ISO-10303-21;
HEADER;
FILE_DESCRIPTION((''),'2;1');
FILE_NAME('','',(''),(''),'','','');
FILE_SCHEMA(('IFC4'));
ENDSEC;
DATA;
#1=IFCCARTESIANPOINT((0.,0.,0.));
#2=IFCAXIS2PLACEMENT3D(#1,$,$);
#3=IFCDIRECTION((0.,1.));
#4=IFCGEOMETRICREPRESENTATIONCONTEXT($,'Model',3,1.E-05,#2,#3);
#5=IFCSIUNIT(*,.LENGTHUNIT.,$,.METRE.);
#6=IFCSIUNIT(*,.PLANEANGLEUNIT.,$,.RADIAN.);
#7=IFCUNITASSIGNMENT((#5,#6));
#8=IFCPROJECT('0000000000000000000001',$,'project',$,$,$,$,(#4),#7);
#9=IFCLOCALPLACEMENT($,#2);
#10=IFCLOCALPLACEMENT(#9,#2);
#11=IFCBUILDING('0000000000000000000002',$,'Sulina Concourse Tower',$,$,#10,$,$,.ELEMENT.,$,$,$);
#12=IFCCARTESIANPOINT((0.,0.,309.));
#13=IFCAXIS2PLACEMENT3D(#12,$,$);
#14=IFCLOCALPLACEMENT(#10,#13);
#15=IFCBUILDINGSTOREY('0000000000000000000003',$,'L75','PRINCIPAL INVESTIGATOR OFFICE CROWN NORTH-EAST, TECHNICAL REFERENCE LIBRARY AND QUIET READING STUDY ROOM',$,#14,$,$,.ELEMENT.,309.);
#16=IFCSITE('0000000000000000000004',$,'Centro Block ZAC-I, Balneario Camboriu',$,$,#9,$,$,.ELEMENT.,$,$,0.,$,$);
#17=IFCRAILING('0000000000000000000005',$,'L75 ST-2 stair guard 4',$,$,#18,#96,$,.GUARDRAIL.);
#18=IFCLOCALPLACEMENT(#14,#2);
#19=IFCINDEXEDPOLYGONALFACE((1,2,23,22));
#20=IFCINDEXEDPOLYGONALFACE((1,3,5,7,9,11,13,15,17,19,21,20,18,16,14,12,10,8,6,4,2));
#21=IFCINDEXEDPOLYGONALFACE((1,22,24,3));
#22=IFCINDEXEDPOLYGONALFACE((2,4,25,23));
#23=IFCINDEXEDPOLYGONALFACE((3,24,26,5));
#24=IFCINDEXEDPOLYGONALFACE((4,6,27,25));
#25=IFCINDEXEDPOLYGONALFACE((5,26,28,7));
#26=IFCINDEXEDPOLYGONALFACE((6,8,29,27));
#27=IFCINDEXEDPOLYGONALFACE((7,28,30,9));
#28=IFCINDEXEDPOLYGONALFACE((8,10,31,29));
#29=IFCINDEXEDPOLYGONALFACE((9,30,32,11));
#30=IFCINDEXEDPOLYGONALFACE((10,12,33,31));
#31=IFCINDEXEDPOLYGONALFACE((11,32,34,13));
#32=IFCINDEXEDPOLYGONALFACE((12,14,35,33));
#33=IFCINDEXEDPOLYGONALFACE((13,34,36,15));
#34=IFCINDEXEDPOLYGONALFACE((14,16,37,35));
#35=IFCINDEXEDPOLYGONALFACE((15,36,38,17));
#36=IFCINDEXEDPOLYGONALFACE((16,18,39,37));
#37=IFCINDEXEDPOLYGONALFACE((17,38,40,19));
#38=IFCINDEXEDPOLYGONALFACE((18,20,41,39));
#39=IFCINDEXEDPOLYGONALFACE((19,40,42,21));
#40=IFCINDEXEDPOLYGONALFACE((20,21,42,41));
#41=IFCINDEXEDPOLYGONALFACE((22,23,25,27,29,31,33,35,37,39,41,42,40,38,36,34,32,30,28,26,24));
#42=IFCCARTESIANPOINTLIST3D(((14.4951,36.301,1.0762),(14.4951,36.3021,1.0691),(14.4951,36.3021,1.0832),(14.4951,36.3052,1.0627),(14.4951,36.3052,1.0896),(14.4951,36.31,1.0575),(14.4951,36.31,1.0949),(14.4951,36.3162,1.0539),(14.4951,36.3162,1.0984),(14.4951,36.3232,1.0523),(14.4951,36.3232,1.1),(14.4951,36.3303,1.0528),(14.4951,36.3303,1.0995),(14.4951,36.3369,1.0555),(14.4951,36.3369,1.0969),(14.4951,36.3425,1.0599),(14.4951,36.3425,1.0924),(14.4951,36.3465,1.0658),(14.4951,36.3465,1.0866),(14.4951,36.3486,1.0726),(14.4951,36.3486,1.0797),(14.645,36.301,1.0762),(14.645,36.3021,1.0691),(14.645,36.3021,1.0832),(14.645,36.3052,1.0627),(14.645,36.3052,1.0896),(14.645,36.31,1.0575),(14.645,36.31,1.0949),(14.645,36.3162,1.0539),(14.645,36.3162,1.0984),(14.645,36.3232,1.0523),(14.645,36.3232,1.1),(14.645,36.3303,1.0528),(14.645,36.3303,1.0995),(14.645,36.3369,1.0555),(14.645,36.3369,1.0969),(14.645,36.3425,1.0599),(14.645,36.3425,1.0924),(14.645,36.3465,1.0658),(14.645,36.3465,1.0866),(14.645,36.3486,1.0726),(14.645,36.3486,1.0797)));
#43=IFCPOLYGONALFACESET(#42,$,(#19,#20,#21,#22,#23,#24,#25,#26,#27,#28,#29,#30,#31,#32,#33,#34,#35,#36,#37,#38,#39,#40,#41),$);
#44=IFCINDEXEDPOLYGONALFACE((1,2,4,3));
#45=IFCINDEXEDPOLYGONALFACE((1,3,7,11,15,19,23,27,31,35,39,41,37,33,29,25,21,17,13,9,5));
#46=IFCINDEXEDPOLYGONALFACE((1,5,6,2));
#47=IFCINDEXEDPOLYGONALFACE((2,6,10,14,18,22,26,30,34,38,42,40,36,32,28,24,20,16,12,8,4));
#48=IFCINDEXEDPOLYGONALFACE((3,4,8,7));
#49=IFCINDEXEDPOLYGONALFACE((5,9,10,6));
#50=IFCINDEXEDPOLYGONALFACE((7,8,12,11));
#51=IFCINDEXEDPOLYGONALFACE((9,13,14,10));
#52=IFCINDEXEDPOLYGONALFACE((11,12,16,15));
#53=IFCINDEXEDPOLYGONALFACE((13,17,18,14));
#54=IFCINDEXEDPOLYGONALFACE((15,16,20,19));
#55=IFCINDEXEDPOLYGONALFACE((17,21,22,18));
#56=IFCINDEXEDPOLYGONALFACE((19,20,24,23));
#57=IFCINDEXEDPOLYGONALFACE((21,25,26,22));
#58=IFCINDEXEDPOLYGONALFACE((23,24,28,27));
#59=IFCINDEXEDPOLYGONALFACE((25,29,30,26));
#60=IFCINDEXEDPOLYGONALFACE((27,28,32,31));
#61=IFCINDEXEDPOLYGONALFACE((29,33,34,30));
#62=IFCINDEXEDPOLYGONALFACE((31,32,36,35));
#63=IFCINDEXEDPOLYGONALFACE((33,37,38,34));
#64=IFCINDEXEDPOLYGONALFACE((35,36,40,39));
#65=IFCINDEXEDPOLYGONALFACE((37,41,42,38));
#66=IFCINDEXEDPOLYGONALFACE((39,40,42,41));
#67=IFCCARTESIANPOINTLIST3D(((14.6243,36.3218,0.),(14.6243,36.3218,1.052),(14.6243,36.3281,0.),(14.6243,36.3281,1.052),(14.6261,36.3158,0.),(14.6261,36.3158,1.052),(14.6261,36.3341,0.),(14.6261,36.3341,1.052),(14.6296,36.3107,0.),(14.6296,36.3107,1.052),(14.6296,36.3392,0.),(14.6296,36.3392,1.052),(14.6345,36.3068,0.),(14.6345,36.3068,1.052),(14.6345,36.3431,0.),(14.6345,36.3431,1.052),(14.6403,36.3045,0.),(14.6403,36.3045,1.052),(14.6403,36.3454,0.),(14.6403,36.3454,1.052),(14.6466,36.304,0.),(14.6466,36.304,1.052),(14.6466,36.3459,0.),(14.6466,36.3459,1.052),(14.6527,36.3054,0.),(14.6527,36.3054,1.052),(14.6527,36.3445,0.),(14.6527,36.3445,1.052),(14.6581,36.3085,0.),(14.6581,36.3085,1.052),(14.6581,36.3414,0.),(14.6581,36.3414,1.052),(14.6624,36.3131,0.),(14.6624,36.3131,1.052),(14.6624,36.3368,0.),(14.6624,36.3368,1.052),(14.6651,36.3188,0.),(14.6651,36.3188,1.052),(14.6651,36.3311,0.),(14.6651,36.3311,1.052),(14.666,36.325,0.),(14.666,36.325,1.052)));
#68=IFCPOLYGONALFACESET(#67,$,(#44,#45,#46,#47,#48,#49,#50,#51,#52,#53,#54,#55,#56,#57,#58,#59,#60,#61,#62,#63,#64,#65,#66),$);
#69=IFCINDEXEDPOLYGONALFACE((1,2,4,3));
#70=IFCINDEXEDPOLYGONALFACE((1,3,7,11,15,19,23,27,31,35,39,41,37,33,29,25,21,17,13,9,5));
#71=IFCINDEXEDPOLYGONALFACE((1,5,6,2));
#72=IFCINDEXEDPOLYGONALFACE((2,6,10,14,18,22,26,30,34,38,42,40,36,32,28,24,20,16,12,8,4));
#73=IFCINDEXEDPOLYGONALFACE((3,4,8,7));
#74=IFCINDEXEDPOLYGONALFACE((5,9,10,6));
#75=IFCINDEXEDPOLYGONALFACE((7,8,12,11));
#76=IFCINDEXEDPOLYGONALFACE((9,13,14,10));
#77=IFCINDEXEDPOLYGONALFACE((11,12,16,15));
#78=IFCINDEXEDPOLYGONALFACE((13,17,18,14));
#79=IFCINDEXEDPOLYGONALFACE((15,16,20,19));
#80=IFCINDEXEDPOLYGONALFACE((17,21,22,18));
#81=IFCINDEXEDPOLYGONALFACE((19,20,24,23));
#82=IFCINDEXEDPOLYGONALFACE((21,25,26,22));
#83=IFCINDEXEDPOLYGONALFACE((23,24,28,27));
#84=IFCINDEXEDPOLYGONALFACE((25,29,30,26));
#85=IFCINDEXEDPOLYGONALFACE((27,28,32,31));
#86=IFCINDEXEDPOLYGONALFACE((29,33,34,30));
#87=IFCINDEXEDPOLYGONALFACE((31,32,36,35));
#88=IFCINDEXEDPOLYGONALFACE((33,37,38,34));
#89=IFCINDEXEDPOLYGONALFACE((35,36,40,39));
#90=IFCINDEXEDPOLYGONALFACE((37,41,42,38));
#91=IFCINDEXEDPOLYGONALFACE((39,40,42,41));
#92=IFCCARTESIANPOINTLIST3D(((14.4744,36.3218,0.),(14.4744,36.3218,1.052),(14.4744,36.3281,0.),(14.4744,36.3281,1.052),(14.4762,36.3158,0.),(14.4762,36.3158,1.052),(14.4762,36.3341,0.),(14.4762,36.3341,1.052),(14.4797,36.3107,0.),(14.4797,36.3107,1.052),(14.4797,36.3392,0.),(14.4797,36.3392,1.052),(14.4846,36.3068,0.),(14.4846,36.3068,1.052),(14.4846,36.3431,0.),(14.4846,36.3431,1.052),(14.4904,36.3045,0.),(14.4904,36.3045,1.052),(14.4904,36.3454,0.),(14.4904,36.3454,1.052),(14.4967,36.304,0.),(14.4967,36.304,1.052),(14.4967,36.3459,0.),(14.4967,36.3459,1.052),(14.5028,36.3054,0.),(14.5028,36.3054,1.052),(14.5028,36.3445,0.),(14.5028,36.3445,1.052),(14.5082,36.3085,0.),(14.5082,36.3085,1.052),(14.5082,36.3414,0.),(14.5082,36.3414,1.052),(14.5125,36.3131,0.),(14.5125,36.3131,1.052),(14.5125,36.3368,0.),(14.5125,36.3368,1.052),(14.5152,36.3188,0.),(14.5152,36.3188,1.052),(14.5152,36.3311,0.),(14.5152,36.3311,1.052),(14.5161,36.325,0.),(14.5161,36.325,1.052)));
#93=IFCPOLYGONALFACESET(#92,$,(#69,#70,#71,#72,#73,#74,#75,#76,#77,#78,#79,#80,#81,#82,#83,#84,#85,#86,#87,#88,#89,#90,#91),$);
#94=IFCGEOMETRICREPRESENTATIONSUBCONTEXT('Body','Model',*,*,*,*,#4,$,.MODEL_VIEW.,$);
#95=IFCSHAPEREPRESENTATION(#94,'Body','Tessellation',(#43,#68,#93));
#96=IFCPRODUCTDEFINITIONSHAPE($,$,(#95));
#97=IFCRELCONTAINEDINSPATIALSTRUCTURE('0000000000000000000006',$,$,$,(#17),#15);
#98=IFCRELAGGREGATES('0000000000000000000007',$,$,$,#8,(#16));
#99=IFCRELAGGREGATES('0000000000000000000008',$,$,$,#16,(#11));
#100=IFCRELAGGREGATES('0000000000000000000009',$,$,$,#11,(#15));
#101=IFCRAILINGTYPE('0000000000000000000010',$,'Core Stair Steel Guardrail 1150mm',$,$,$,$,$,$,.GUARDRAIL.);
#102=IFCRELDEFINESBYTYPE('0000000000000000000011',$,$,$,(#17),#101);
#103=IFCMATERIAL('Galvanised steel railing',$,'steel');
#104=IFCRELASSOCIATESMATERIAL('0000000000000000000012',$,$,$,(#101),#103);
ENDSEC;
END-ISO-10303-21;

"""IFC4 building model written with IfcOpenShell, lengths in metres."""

from ifc_helpers import new_model, si_unit, direction, frame, origin, origin_2d, place, context, subcontext, project, spatial, circle, extrude, material, type_object, element, save


model = new_model("IFC4")

# Units and contexts
model_context = context("Model", 3, precision=1e-05, world=origin(), true_north=direction((0.0, 1.0)))
body_context = subcontext(model_context, "Body", "Model", "MODEL_VIEW")
ifc_project = project(units=[si_unit("LENGTHUNIT", "METRE"), si_unit("PLANEANGLEUNIT", "RADIAN")], contexts=[model_context])

# Site, building, storey
site_placement = place(None, origin())
site = spatial("IfcSite", under=ifc_project, at=site_placement, Name="Centro Block ZAC-I, Balneario Camboriu", CompositionType="ELEMENT", RefElevation=0.0)
building_placement = place(site_placement, origin())
building = spatial("IfcBuilding", under=site, at=building_placement, Name="Sulina Concourse Tower", CompositionType="ELEMENT")
storey_placement = place(building_placement, frame((0.0, 0.0, 309.0)))
storey = spatial("IfcBuildingStorey", under=building, at=storey_placement, Name="L75", Description="PRINCIPAL INVESTIGATOR OFFICE CROWN NORTH-EAST, TECHNICAL REFERENCE LIBRARY AND QUIET READING STUDY ROOM", CompositionType="ELEMENT", Elevation=309.0)

# Railing
ifc_material_1 = material(Name="Galvanised steel railing", Category="steel")
railing_type_1 = type_object("IfcRailingType", Name="Core Stair Steel Guardrail 1150mm", PredefinedType="GUARDRAIL", material=ifc_material_1)
railing_1_placement = place(storey_placement, frame((14.645, 36.325, 0.0)))
element("IfcRailing", 1, at=railing_1_placement, inside=storey, type_object=railing_type_1, Name="L75 ST-2 stair guard 4", PredefinedType="GUARDRAIL", context=body_context, shape_type="SweptSolid", body=[
    extrude(circle(Radius=0.0239, at=origin_2d()), frame((0.0, 0.0, 1.0762), z_axis=(-1.0, 0.0, 0.0), x_axis=(0.0, -1.0, 0.0)), (0.0, 0.0, 1.0), 0.1499),
    extrude(circle(Radius=0.021, at=origin_2d()), origin(), (0.0, 0.0, 1.0), 1.052),
    extrude(circle(Radius=0.021, at=origin_2d()), frame((-0.1499, 0.0, 0.0)), (0.0, 0.0, 1.0), 1.052),
])

save(model, "model.ifc")
